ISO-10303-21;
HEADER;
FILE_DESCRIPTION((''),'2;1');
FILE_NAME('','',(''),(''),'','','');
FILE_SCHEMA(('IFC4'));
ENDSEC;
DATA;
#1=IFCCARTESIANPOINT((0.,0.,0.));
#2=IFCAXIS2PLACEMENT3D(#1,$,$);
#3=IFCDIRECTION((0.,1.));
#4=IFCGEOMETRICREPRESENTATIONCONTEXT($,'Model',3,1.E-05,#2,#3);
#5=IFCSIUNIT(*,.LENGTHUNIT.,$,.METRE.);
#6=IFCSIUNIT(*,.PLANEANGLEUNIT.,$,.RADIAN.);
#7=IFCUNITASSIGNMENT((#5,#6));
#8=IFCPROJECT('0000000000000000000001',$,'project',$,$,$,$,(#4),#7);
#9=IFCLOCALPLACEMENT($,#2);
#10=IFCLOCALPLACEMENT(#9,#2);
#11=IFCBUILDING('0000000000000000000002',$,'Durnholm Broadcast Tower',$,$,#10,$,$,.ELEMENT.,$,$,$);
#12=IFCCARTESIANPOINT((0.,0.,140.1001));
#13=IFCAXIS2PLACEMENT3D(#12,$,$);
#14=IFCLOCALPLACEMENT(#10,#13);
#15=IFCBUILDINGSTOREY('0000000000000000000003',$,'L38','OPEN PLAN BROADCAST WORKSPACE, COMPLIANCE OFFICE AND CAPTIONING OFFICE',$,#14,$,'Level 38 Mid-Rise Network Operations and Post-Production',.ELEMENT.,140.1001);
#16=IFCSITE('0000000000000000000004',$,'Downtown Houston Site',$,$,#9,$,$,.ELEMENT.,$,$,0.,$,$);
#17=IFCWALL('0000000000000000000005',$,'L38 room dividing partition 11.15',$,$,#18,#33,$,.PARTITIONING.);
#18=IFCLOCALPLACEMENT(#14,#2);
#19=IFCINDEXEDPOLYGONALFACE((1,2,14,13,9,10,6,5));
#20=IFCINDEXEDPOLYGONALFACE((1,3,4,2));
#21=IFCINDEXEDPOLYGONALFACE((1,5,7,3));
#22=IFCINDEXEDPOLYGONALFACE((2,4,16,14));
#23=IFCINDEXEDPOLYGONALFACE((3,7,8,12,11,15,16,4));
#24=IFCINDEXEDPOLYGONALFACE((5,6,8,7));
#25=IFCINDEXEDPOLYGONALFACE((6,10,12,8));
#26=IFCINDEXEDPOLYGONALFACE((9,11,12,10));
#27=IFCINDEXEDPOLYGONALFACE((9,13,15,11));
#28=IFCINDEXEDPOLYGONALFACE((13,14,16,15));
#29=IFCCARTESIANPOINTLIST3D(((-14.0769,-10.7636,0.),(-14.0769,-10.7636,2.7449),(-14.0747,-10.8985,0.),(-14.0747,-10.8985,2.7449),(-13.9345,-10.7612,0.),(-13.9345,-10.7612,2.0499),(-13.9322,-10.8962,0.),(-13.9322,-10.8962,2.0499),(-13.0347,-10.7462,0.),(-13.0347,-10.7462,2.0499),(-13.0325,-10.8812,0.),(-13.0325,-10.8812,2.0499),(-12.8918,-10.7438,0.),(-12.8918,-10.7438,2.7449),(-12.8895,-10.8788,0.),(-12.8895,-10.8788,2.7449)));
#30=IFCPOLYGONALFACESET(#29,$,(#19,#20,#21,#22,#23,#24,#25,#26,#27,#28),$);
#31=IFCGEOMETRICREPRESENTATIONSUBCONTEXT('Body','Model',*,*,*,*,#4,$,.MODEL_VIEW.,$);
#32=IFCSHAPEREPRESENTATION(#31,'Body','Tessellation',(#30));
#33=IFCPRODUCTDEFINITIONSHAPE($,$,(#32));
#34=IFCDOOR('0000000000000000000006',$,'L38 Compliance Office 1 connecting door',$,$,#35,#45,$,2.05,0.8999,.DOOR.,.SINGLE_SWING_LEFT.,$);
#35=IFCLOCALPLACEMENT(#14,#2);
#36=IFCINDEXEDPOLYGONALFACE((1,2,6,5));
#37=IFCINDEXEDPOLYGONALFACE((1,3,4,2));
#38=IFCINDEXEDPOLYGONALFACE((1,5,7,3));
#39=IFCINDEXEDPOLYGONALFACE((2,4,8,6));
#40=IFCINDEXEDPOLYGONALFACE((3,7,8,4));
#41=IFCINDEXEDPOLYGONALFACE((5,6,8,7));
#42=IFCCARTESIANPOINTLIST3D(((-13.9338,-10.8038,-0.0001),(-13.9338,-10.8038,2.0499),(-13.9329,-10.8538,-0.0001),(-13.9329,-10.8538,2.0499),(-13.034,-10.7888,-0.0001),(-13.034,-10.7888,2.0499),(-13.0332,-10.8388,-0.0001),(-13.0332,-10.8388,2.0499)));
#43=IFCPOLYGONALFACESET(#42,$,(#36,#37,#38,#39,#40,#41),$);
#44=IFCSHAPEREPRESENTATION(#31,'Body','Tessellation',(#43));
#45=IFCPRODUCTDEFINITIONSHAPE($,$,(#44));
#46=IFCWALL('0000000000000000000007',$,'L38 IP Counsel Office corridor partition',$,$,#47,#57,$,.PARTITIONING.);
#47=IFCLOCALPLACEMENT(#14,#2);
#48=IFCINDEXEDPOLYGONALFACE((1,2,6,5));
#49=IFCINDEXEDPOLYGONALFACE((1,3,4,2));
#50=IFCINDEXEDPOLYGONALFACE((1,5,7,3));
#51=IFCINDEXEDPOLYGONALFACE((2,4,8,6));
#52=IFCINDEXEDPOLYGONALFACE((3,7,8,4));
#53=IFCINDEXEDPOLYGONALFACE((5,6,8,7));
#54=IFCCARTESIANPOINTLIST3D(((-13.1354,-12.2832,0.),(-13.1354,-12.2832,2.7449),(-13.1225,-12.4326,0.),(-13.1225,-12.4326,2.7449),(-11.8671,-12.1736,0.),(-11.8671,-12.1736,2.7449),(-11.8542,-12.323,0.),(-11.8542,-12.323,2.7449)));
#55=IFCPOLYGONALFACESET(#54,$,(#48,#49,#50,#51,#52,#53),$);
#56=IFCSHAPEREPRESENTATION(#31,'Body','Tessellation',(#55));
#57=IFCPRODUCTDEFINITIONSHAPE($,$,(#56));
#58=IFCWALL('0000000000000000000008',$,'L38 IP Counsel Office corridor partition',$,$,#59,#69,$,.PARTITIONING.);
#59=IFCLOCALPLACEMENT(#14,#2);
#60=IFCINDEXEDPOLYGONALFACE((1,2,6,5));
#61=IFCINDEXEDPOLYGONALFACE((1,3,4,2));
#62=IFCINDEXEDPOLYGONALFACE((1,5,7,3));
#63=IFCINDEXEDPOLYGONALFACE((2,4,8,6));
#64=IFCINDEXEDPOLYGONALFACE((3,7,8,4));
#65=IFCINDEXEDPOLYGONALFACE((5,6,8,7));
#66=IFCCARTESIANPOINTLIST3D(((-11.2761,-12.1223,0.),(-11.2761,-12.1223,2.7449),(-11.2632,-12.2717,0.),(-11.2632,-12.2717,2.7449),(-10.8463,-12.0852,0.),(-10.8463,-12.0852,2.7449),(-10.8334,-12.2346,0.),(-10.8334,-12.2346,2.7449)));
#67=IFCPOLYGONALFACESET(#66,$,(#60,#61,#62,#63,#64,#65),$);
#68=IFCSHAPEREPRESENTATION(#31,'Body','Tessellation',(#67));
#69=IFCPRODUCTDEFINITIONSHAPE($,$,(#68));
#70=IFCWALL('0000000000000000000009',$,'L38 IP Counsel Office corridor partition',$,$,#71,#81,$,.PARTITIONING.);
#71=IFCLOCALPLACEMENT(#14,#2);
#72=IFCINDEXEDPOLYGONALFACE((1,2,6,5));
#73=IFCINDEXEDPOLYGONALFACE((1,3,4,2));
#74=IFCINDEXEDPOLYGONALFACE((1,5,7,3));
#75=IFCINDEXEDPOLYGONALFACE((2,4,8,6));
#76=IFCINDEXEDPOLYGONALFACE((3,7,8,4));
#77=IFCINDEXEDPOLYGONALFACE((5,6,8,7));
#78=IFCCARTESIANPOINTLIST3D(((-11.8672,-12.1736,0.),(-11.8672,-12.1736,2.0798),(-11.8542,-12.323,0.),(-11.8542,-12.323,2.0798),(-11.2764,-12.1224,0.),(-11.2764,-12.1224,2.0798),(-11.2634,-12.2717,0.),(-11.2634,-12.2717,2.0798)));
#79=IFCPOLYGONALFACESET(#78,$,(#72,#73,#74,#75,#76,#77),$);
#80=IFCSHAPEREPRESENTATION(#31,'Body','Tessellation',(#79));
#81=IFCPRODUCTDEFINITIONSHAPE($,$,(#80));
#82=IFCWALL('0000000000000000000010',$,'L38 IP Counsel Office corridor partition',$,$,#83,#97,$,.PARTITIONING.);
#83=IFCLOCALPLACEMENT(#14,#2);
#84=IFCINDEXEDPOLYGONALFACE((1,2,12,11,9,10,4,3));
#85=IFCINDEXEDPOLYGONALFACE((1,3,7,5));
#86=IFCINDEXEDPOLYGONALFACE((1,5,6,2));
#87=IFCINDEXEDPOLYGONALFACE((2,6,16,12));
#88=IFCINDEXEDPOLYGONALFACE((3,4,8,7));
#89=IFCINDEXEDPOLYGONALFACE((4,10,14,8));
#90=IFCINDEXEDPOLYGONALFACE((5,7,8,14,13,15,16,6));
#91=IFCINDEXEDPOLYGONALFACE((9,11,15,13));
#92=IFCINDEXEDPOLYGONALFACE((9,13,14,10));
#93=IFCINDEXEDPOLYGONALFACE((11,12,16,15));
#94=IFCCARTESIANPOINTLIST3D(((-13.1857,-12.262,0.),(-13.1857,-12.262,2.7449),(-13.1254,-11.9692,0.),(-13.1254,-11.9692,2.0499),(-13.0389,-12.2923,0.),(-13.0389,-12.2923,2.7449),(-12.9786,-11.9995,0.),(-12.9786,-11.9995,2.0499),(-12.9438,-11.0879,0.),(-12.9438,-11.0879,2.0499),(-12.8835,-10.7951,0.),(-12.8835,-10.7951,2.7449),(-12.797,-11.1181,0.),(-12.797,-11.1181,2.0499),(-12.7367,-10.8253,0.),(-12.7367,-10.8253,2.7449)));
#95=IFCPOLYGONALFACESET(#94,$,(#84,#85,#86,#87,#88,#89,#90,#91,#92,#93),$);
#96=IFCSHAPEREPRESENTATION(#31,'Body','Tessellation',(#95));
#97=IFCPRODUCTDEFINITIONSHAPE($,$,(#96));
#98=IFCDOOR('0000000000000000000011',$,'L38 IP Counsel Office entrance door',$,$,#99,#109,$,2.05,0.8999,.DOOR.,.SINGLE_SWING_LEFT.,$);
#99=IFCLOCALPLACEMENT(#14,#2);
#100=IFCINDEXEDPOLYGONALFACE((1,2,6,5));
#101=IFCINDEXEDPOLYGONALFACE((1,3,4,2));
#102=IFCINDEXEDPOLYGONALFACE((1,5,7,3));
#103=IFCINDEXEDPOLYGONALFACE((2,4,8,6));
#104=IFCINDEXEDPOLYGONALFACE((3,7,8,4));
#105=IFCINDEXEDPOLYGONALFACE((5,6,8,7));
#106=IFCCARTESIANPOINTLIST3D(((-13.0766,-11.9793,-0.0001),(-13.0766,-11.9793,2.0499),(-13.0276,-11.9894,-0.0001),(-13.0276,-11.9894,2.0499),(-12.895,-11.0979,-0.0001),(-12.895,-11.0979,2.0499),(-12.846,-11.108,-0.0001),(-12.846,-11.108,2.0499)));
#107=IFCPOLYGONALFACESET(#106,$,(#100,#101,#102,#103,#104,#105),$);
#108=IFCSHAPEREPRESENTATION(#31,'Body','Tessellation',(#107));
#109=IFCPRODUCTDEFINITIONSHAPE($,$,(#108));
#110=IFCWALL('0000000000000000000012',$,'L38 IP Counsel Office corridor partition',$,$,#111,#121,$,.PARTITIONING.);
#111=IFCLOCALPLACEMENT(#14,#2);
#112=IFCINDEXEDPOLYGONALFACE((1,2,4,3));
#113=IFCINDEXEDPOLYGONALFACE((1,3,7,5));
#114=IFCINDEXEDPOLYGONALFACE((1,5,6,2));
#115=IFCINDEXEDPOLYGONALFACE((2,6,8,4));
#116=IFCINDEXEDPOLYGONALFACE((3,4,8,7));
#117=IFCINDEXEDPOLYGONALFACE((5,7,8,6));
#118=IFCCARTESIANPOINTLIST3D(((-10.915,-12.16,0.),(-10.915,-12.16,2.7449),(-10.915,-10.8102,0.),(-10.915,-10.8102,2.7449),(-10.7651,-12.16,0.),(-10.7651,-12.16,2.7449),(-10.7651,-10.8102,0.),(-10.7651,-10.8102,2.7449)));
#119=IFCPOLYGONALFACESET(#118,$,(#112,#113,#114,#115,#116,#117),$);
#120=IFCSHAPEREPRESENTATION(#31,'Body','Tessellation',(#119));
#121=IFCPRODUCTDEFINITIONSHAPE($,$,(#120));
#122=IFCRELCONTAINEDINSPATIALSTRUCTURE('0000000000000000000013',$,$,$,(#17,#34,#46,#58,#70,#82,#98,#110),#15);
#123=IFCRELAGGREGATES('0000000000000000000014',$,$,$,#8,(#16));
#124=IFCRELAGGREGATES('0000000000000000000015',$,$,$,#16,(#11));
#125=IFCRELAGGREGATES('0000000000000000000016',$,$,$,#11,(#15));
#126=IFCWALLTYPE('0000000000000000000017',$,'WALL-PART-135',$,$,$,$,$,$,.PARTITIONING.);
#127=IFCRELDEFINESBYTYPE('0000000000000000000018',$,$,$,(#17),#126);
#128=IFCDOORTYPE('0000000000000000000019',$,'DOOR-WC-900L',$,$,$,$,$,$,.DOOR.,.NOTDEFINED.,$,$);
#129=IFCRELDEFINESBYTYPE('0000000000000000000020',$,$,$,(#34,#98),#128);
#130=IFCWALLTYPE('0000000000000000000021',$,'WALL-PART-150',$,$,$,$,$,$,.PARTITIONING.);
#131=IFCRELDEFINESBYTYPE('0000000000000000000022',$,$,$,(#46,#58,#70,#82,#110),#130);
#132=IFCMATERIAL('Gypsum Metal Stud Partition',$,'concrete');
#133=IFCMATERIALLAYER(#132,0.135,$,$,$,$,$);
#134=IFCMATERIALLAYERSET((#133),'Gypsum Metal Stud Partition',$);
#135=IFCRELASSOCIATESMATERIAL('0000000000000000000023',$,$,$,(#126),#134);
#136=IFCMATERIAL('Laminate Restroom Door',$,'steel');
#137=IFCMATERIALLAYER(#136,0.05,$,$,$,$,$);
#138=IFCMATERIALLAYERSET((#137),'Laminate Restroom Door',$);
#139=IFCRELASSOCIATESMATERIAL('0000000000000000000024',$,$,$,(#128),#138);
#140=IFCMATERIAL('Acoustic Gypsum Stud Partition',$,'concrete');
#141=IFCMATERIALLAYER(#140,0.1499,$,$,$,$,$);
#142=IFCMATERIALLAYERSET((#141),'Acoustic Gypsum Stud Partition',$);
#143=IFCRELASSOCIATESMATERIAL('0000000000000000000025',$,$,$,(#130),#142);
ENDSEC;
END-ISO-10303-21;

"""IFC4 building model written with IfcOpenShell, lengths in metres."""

from ifc_helpers import new_model, si_unit, direction, frame, frame_2d, origin, place, context, subcontext, project, spatial, rectangle, extrude, source, transform, mapped, material, layer, layer_set, type_object, type_shapes, element, fill, save


model = new_model("IFC4")

# Units and contexts
model_context = context("Model", 3, precision=1e-05, world=origin(), true_north=direction((0.0, 1.0)))
body_context = subcontext(model_context, "Body", "Model", "MODEL_VIEW")
ifc_project = project(units=[si_unit("LENGTHUNIT", "METRE"), si_unit("PLANEANGLEUNIT", "RADIAN")], contexts=[model_context])

# Site, building, storey
site_placement = place(None, origin())
site = spatial("IfcSite", under=ifc_project, at=site_placement, Name="Downtown Houston Site", CompositionType="ELEMENT", RefElevation=0.0)
building_placement = place(site_placement, origin())
building = spatial("IfcBuilding", under=site, at=building_placement, Name="Durnholm Broadcast Tower", CompositionType="ELEMENT")
storey_placement = place(building_placement, frame((0.0, 0.0, 140.1001)))
storey = spatial("IfcBuildingStorey", under=building, at=storey_placement, Name="L38", Description="OPEN PLAN BROADCAST WORKSPACE, COMPLIANCE OFFICE AND CAPTIONING OFFICE", LongName="Level 38 Mid-Rise Network Operations and Post-Production", CompositionType="ELEMENT", Elevation=140.1001)

# Shared definitions
ifc_material_1 = material(Name="Gypsum Metal Stud Partition", Category="concrete")
ifc_layer_1 = layer(ifc_material_1, 0.135)
ifc_layer_set_1 = layer_set([ifc_layer_1], Name="Gypsum Metal Stud Partition")
wall_type_1 = type_object("IfcWallType", Name="WALL-PART-135", PredefinedType="PARTITIONING", material=ifc_layer_set_1)

# Wall, opening, door
wall_1_placement = place(storey_placement, frame((-14.0759, -10.8311, 0.0), z_axis=(0.0, 0.0, 1.0), x_axis=(0.999861, 0.016685, 0.0)))
wall_1 = element("IfcWall", 1, at=wall_1_placement, inside=storey, type_object=wall_type_1, Name="L38 room dividing partition 11.15", PredefinedType="PARTITIONING", context=body_context, shape_type="SweptSolid", body=[
    extrude(rectangle(XDim=1.1853, YDim=0.135, at=frame_2d((0.5928, 0.0))), origin(), (0.0, 0.0, 1.0), 2.7449),
])
opening_1_placement = place(wall_1_placement, frame((0.1426, 0.0, 0.0)))
opening_1 = element("IfcOpeningElement", 2, at=opening_1_placement, cuts=wall_1, PredefinedType="OPENING", context=body_context, shape_type="SweptSolid", body=[
    extrude(rectangle(XDim=0.8999, YDim=2.05, at=frame_2d((0.45, 1.0249))), frame((0.0, 0.0776, 0.0), z_axis=(0.0, -1.0, 0.0), x_axis=(1.0, 0.0, 0.0)), (0.0, 0.0, 1.0), 0.155),
])
ifc_material_2 = material(Name="Laminate Restroom Door", Category="steel")
ifc_layer_2 = layer(ifc_material_2, 0.05)
ifc_layer_set_2 = layer_set([ifc_layer_2], Name="Laminate Restroom Door")
door_type = type_object("IfcDoorType", Name="DOOR-WC-900L", OperationType="NOTDEFINED", PredefinedType="DOOR", material=ifc_layer_set_2)
shared_shape_1 = source(origin(), body_context, "Body", "SweptSolid", [
    extrude(rectangle(XDim=0.8999, YDim=2.05, at=frame_2d((0.45, 1.0249))), frame((0.0, 0.0249, 0.0), z_axis=(0.0, -1.0, 0.0), x_axis=(1.0, 0.0, 0.0)), (0.0, 0.0, 1.0), 0.05),
])
type_shapes(door_type, [shared_shape_1])
door_1_placement = place(opening_1_placement, origin())
door_1 = element("IfcDoor", 3, at=door_1_placement, inside=storey, type_object=door_type, Name="L38 Compliance Office 1 connecting door", OperationType="SINGLE_SWING_LEFT", OverallHeight=2.05, OverallWidth=0.8999, PredefinedType="DOOR", context=body_context, shape_type="MappedRepresentation", body=[
    mapped(shared_shape_1, transform((0.0, 0.0, 0.0), x_axis=(1.0, 0.0, 0.0), y_axis=(0.0, 1.0, 0.0), z_axis=(0.0, 0.0, 1.0), scale=1.0)),
])
fill(opening_1, door_1)

# Walls
ifc_material_3 = material(Name="Acoustic Gypsum Stud Partition", Category="concrete")
ifc_layer_3 = layer(ifc_material_3, 0.1499)
ifc_layer_set_3 = layer_set([ifc_layer_3], Name="Acoustic Gypsum Stud Partition")
wall_type_2 = type_object("IfcWallType", Name="WALL-PART-150", PredefinedType="PARTITIONING", material=ifc_layer_set_3)
wall_2_placement = place(storey_placement, frame((-13.1289, -12.3579, 0.0), z_axis=(0.0, 0.0, 1.0), x_axis=(0.996286, 0.086108, 0.0)))
element("IfcWall", 4, at=wall_2_placement, inside=storey, type_object=wall_type_2, Name="L38 IP Counsel Office corridor partition", PredefinedType="PARTITIONING", context=body_context, shape_type="SweptSolid", body=[
    extrude(rectangle(XDim=1.2729, YDim=0.1499, at=frame_2d((0.6365, 0.0))), origin(), (0.0, 0.0, 1.0), 2.7449),
])
wall_3_placement = place(storey_placement, frame((-11.2698, -12.197, 0.0), z_axis=(0.0, 0.0, 1.0), x_axis=(0.996291, 0.086043, 0.0)))
element("IfcWall", 5, at=wall_3_placement, inside=storey, type_object=wall_type_2, Name="L38 IP Counsel Office corridor partition", PredefinedType="PARTITIONING", context=body_context, shape_type="SweptSolid", body=[
    extrude(rectangle(XDim=0.4314, YDim=0.1499, at=frame_2d((0.2158, 0.0))), origin(), (0.0, 0.0, 1.0), 2.7449),
])
wall_4_placement = place(storey_placement, frame((-11.8606, -12.2483, 0.0), z_axis=(0.0, 0.0, 1.0), x_axis=(0.996256, 0.086452, 0.0)))
element("IfcWall", 6, at=wall_4_placement, inside=storey, type_object=wall_type_2, Name="L38 IP Counsel Office corridor partition", PredefinedType="PARTITIONING", context=body_context, shape_type="SweptSolid", body=[
    extrude(rectangle(XDim=0.593, YDim=0.1499, at=frame_2d((0.2964, 0.0))), origin(), (0.0, 0.0, 1.0), 2.0798),
])

# Wall, opening, door
wall_5_placement = place(storey_placement, frame((-12.8101, -10.8101, 0.0), z_axis=(0.0, 0.0, 1.0), x_axis=(-0.201786, -0.97943, 0.0)))
wall_5 = element("IfcWall", 7, at=wall_5_placement, inside=storey, type_object=wall_type_2, Name="L38 IP Counsel Office corridor partition", PredefinedType="PARTITIONING", context=body_context, shape_type="SweptSolid", body=[
    extrude(rectangle(XDim=1.4978, YDim=0.1499, at=frame_2d((0.749, 0.0))), origin(), (0.0, 0.0, 1.0), 2.7449),
])
opening_2_placement = place(wall_5_placement, frame((0.2991, 0.0, 0.0)))
opening_2 = element("IfcOpeningElement", 8, at=opening_2_placement, cuts=wall_5, PredefinedType="OPENING", context=body_context, shape_type="SweptSolid", body=[
    extrude(rectangle(XDim=0.8999, YDim=2.05, at=frame_2d((0.45, 1.0249))), frame((0.0, 0.085, 0.0), z_axis=(0.0, -1.0, 0.0), x_axis=(1.0, 0.0, 0.0)), (0.0, 0.0, 1.0), 0.1699),
])
door_2_placement = place(opening_2_placement, origin())
door_2 = element("IfcDoor", 9, at=door_2_placement, inside=storey, type_object=door_type, Name="L38 IP Counsel Office entrance door", OperationType="SINGLE_SWING_LEFT", OverallHeight=2.05, OverallWidth=0.8999, PredefinedType="DOOR", context=body_context, shape_type="MappedRepresentation", body=[
    mapped(shared_shape_1, transform((0.0, 0.0, 0.0), x_axis=(1.0, 0.0, 0.0), y_axis=(0.0, 1.0, 0.0), z_axis=(0.0, 0.0, 1.0), scale=1.0)),
])
fill(opening_2, door_2)

# Wall
wall_6_placement = place(storey_placement, frame((-10.8401, -12.1599, 0.0), z_axis=(0.0, 0.0, 1.0), x_axis=(0.0, 1.0, 0.0)))
element("IfcWall", 10, at=wall_6_placement, inside=storey, type_object=wall_type_2, Name="L38 IP Counsel Office corridor partition", PredefinedType="PARTITIONING", context=body_context, shape_type="SweptSolid", body=[
    extrude(rectangle(XDim=1.3499, YDim=0.1499, at=frame_2d((0.6748, 0.0))), origin(), (0.0, 0.0, 1.0), 2.7449),
])

save(model, "model.ifc")
